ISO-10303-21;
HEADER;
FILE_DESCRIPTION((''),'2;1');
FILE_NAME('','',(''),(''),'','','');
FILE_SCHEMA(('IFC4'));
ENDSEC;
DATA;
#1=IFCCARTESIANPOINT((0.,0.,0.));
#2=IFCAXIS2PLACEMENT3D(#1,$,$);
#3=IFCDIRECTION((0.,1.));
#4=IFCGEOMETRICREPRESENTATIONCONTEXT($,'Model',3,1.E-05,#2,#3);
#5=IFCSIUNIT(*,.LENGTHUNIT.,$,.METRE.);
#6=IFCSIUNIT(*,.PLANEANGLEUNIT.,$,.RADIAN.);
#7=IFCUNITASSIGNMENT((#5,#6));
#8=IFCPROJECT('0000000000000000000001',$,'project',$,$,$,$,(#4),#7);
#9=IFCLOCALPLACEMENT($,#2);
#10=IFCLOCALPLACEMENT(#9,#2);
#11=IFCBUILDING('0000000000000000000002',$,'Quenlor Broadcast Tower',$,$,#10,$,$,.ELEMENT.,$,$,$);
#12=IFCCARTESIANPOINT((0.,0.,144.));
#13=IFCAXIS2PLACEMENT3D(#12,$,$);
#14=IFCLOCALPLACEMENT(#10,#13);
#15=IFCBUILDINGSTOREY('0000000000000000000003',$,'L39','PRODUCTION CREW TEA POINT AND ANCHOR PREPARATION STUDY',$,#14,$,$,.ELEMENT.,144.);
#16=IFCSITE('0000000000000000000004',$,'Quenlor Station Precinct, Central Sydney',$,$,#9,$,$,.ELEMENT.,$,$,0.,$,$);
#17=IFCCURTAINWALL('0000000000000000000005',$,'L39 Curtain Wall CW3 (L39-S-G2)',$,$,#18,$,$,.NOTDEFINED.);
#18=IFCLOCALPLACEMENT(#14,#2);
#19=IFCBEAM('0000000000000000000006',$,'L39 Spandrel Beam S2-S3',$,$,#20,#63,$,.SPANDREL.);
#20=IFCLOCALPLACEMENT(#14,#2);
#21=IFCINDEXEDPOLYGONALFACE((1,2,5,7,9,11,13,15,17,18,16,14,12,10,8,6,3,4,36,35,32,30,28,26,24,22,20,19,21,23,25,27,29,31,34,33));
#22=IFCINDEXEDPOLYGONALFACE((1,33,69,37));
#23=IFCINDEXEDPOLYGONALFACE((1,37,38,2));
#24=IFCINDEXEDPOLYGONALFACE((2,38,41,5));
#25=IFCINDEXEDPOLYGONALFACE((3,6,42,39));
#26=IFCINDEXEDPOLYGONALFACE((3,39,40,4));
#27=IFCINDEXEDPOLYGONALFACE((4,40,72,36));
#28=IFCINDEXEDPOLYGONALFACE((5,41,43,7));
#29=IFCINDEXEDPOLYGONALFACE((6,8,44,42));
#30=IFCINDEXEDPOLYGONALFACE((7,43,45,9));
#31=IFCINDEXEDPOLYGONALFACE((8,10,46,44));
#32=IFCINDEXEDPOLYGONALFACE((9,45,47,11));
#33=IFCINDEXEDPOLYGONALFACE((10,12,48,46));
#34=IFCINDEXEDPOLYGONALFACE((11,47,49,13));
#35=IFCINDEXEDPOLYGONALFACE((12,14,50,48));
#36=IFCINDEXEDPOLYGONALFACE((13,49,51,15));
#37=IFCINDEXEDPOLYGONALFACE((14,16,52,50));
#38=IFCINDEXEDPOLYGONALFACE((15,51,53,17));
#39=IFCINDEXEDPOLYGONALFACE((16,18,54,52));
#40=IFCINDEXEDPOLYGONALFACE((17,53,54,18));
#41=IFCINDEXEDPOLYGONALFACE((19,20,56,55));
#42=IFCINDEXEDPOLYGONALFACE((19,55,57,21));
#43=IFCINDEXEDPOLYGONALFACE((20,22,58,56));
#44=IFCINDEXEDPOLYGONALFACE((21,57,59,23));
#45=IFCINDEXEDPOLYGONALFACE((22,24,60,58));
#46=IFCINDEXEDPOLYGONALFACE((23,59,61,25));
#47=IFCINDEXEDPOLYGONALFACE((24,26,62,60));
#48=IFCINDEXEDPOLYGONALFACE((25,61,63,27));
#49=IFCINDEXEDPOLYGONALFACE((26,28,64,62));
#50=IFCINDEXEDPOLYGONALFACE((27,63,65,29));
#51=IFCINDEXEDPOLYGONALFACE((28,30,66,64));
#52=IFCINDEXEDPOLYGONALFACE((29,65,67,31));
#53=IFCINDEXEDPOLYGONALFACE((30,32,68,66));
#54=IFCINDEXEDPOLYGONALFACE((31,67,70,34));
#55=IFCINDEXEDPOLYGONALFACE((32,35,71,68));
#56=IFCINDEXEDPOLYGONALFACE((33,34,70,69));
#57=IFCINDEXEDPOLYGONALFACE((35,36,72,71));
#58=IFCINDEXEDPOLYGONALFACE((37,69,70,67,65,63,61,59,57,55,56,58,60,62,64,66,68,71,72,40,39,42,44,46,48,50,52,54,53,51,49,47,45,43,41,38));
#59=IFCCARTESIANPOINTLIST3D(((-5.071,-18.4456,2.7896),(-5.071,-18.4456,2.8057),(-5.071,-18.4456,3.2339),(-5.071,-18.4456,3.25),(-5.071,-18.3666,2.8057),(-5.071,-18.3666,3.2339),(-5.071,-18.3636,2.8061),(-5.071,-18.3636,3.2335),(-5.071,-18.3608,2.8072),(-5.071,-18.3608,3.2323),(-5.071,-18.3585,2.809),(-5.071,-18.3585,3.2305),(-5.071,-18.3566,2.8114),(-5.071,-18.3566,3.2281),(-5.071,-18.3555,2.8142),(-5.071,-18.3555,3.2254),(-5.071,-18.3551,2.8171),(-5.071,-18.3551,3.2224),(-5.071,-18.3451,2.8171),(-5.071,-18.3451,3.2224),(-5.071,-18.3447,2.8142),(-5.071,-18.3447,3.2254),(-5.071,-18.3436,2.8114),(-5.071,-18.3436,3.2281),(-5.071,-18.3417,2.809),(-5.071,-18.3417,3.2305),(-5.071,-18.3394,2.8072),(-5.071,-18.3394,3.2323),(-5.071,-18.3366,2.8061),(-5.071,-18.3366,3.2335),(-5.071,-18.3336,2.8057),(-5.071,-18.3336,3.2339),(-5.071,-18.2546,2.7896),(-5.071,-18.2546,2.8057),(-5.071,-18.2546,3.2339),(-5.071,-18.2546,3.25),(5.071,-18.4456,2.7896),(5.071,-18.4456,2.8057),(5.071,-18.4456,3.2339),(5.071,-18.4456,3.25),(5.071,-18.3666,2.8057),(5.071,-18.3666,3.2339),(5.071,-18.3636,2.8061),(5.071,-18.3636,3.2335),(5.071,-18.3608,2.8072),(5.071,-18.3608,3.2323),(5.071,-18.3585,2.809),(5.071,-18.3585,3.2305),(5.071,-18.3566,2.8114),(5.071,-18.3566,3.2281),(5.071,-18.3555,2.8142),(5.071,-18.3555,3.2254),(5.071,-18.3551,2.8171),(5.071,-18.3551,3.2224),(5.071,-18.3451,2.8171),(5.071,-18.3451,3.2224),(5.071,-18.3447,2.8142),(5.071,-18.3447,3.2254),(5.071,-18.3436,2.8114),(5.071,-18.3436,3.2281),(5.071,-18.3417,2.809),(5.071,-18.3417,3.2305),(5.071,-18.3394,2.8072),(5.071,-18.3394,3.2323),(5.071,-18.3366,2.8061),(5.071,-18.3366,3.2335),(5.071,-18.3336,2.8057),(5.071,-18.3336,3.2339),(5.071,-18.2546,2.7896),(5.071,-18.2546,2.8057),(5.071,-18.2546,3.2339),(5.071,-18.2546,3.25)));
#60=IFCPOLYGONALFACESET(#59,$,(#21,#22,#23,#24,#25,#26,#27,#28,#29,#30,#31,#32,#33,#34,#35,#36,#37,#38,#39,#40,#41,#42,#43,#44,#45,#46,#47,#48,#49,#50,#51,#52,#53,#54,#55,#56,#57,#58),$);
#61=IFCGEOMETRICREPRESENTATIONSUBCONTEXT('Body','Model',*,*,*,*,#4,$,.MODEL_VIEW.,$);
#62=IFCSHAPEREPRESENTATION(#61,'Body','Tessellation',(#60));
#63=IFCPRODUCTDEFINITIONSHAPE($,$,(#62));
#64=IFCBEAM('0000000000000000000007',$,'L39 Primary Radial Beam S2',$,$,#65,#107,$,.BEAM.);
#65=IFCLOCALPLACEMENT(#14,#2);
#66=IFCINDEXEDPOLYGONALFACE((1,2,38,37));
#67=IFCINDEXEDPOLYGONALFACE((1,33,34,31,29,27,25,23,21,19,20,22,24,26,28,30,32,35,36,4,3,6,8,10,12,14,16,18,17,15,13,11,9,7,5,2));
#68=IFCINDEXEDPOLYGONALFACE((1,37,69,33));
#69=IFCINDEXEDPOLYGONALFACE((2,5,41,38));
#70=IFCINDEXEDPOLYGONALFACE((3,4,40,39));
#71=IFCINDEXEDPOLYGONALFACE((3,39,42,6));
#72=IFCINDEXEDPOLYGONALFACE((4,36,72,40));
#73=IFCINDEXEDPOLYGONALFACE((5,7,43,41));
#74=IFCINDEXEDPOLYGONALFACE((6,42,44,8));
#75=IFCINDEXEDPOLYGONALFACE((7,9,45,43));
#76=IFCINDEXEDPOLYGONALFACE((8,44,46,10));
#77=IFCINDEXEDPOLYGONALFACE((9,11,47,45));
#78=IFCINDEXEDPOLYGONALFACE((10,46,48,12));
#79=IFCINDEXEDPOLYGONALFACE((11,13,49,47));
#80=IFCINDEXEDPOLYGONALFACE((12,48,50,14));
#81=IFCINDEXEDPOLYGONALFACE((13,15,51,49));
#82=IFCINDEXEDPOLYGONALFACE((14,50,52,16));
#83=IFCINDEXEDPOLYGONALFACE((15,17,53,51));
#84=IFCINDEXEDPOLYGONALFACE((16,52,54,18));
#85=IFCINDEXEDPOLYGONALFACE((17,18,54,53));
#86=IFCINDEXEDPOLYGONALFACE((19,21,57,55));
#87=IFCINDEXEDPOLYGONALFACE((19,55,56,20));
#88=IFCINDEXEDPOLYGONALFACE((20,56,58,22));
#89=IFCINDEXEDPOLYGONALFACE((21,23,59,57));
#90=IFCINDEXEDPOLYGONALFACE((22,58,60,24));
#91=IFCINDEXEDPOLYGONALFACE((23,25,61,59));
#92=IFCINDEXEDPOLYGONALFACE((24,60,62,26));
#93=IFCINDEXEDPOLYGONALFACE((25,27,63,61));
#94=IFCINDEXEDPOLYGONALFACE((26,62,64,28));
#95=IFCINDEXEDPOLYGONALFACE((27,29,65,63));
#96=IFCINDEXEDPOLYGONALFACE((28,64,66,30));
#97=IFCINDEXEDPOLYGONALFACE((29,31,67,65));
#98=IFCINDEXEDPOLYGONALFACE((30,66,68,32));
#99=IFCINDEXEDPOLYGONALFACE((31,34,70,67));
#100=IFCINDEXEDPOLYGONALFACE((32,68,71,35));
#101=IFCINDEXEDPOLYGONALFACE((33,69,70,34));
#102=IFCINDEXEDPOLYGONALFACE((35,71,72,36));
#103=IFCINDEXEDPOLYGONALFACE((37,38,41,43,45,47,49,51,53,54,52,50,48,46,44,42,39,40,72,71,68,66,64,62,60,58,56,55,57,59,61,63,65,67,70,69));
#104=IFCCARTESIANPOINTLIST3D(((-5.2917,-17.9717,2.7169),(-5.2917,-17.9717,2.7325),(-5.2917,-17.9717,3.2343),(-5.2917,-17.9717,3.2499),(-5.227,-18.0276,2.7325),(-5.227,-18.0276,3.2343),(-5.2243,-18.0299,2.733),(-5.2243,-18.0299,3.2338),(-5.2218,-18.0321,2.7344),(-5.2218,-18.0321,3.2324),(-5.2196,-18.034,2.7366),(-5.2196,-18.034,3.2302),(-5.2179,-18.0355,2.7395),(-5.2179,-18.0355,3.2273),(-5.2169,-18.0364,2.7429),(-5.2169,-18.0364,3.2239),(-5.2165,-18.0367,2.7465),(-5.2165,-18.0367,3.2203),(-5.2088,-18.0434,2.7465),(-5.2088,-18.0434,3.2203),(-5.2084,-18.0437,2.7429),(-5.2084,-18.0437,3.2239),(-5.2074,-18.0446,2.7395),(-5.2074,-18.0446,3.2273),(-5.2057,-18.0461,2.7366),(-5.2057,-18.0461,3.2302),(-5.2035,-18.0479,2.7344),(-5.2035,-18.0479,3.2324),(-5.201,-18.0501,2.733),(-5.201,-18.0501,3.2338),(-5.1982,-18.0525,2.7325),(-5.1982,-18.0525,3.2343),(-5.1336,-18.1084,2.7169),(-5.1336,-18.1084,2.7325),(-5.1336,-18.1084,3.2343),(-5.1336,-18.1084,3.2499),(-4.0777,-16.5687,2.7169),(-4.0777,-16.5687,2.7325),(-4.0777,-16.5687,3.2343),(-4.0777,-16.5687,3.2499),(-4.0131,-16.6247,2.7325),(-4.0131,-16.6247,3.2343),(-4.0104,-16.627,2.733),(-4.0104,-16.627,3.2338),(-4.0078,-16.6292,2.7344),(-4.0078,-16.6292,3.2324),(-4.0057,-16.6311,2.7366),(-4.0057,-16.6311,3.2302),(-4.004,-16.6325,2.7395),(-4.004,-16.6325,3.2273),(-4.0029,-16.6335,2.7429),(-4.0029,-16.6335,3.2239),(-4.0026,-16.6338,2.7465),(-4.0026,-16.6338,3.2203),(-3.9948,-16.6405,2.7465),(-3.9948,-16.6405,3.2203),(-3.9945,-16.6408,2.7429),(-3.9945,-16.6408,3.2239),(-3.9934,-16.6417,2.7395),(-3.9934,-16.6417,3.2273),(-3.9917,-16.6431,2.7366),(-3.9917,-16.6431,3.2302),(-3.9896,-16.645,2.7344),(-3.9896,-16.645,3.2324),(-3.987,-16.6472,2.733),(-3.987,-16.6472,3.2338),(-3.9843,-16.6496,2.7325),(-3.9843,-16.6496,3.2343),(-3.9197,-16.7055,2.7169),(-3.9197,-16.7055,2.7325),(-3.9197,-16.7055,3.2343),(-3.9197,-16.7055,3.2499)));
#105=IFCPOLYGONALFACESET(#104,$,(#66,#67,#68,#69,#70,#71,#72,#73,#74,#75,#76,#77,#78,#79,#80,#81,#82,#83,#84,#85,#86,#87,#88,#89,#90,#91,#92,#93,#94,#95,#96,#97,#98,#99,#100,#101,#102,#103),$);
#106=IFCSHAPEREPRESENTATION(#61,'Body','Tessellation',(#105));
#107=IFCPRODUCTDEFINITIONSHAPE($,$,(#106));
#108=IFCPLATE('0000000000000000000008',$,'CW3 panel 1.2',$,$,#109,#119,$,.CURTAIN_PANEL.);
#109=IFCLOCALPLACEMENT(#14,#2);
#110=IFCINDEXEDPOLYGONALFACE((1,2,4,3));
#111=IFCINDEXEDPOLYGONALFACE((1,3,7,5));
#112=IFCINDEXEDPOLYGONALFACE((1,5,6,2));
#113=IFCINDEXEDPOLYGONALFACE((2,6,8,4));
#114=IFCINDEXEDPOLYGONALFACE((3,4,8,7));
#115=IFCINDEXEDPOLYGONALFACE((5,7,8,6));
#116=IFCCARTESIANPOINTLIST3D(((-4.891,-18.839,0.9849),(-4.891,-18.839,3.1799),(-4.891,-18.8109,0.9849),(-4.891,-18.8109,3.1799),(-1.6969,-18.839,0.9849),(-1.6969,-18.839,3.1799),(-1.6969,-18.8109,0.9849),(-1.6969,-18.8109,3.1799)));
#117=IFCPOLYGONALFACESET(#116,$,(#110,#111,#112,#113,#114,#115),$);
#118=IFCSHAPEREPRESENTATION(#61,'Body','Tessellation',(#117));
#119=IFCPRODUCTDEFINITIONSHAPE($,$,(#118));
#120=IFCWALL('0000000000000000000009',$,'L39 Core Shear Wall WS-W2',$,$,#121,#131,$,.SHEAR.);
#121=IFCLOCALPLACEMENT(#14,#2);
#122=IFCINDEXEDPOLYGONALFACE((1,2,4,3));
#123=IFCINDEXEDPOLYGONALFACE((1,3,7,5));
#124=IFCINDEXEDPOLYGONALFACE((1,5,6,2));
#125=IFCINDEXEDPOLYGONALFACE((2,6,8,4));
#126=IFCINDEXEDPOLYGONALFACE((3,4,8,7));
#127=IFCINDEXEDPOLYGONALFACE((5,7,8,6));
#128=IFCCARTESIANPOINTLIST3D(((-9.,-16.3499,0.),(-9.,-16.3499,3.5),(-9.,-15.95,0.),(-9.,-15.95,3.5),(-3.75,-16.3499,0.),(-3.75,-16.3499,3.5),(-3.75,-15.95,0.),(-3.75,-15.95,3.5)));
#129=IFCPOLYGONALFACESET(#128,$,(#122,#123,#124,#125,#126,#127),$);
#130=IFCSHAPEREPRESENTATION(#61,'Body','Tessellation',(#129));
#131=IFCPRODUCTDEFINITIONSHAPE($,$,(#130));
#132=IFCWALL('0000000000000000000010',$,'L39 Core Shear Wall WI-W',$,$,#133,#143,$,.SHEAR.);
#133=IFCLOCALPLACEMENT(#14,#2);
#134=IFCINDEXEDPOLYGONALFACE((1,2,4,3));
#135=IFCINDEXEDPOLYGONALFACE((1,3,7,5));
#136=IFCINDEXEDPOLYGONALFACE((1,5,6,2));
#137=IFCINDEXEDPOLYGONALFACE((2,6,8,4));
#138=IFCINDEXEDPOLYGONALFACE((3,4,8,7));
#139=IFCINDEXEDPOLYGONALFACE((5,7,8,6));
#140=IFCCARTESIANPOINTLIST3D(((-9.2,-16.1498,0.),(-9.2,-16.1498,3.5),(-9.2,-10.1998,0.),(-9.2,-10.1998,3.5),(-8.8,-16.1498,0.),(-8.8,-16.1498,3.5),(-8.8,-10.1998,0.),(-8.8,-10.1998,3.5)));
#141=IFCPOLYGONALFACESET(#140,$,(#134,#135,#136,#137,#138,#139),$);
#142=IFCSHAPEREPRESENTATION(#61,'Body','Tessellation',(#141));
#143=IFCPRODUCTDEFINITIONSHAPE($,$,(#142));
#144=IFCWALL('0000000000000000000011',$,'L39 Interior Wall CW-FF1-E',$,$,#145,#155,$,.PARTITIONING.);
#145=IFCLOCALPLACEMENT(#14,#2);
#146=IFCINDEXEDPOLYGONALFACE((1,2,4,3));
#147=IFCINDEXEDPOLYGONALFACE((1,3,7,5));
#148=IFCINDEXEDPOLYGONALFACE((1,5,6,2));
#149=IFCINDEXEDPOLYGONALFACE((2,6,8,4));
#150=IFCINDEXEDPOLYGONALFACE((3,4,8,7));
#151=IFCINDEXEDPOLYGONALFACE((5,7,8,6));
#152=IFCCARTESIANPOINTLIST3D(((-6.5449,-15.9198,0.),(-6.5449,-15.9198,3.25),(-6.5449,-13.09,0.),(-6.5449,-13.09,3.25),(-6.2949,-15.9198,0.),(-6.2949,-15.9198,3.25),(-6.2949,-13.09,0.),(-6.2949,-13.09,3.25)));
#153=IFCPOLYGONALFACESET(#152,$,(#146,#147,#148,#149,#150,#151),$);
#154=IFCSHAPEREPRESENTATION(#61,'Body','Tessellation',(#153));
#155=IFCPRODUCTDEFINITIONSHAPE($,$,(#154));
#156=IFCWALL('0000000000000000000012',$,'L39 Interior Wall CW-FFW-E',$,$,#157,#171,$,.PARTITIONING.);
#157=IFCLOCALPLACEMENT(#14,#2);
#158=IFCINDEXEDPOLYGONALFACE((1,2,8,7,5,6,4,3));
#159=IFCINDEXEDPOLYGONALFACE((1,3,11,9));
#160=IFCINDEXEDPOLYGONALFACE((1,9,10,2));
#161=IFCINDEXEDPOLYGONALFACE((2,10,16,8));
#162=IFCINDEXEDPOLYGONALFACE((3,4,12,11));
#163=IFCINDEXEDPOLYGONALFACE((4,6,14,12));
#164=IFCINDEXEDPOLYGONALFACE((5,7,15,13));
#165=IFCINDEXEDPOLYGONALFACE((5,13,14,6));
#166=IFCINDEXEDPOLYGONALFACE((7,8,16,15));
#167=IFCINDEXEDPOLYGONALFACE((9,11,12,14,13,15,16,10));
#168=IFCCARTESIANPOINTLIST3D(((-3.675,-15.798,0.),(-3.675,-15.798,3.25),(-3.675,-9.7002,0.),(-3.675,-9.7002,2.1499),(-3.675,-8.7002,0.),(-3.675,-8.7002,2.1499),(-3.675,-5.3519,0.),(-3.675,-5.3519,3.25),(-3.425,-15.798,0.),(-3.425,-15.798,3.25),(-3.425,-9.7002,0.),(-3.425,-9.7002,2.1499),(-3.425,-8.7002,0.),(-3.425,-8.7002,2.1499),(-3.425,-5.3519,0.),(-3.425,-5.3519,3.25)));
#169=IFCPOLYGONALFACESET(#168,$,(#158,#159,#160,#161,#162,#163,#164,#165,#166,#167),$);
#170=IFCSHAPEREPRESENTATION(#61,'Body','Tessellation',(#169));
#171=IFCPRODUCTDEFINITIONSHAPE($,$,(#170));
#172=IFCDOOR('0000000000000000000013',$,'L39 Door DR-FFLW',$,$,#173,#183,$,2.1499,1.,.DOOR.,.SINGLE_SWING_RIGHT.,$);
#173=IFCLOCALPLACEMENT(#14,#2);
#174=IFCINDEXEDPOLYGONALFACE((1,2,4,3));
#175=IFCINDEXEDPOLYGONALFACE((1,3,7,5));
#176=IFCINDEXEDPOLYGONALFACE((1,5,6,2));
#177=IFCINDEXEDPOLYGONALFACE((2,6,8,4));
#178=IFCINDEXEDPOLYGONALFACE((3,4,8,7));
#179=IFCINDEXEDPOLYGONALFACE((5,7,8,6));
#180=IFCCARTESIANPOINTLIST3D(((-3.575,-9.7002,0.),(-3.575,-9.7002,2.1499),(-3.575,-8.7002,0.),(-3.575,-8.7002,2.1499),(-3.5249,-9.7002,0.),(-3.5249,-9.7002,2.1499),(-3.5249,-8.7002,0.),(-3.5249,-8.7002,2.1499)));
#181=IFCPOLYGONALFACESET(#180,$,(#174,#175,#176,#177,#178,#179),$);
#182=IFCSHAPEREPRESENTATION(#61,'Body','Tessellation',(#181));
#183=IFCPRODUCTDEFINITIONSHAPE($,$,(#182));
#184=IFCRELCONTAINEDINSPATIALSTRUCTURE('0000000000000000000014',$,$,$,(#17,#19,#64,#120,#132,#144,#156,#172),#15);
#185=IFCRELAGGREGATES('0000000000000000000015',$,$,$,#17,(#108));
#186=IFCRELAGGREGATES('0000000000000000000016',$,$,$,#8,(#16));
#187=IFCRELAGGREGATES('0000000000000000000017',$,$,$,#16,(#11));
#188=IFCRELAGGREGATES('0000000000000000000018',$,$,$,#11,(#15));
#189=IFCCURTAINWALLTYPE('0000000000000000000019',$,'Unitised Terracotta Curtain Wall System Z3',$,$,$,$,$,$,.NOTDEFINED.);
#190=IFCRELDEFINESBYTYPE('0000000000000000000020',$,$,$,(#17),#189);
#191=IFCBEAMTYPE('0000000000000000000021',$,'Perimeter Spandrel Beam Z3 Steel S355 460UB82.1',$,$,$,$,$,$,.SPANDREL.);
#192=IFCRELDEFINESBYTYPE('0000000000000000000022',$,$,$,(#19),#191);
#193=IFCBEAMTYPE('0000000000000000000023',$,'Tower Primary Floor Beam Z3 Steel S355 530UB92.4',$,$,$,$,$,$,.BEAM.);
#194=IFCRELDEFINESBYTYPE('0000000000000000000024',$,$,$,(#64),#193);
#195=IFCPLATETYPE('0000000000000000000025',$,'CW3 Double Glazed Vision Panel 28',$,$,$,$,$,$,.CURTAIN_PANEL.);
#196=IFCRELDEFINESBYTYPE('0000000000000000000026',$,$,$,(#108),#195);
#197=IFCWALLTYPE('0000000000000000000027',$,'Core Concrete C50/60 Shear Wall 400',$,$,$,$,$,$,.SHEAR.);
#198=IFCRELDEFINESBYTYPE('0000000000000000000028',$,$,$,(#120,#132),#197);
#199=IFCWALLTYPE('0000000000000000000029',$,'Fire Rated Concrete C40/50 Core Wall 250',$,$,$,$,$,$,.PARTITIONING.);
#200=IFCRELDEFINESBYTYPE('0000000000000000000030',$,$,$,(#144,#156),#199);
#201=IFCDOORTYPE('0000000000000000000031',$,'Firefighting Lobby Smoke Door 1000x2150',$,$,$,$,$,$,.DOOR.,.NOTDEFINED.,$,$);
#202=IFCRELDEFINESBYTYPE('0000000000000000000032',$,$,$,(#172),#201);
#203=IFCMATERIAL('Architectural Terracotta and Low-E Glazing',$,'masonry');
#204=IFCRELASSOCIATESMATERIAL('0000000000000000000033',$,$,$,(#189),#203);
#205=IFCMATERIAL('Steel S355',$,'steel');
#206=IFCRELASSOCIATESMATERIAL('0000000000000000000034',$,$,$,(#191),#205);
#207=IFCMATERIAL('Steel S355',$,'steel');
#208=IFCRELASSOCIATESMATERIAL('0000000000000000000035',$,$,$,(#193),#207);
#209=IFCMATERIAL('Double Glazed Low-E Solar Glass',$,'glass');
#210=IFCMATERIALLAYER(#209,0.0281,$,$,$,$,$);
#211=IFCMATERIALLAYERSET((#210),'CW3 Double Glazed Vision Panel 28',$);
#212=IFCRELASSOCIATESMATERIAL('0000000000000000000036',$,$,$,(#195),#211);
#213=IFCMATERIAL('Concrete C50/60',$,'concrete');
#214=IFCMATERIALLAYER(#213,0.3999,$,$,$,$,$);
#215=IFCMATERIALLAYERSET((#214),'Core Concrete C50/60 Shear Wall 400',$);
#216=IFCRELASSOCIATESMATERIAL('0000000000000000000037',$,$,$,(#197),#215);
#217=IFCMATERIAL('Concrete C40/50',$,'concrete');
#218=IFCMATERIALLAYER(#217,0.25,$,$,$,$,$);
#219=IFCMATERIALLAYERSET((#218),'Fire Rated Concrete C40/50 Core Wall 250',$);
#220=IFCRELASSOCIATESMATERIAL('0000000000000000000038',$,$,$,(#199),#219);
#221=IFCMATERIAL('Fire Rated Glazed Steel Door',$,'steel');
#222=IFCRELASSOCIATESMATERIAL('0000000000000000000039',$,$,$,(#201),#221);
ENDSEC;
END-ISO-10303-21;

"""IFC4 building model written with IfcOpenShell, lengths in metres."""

from ifc_helpers import new_model, si_unit, direction, frame, frame_2d, origin, origin_2d, place, context, subcontext, project, spatial, rectangle, i_section, extrude, material, layer, layer_set, material_profile, profile_set, type_object, element, fill, aggregate, save


model = new_model("IFC4")

# Units and contexts
model_context = context("Model", 3, precision=1e-05, world=origin(), true_north=direction((0.0, 1.0)))
body_context = subcontext(model_context, "Body", "Model", "MODEL_VIEW")
ifc_project = project(units=[si_unit("LENGTHUNIT", "METRE"), si_unit("PLANEANGLEUNIT", "RADIAN")], contexts=[model_context])

# Site, building, storey
site_placement = place(None, origin())
site = spatial("IfcSite", under=ifc_project, at=site_placement, Name="Quenlor Station Precinct, Central Sydney", CompositionType="ELEMENT", RefElevation=0.0)
building_placement = place(site_placement, origin())
building = spatial("IfcBuilding", under=site, at=building_placement, Name="Quenlor Broadcast Tower", CompositionType="ELEMENT")
storey_placement = place(building_placement, frame((0.0, 0.0, 144.0)))
storey = spatial("IfcBuildingStorey", under=building, at=storey_placement, Name="L39", Description="PRODUCTION CREW TEA POINT AND ANCHOR PREPARATION STUDY", CompositionType="ELEMENT", Elevation=144.0)

# Curtain wall
ifc_material_1 = material(Name="Architectural Terracotta and Low-E Glazing", Category="masonry")
curtain_wall_type = type_object("IfcCurtainWallType", Name="Unitised Terracotta Curtain Wall System Z3", PredefinedType="NOTDEFINED", material=ifc_material_1)
curtain_wall_placement = place(storey_placement, origin())
curtain_wall = element("IfcCurtainWall", 1, at=curtain_wall_placement, inside=storey, type_object=curtain_wall_type, Name="L39 Curtain Wall CW3 (L39-S-G2)", PredefinedType="NOTDEFINED")

# Beams
ifc_material_2 = material(Name="Steel S355", Category="steel")
ifc_material_profile_1 = material_profile(ifc_material_2, i_section(OverallWidth=0.1909, OverallDepth=0.4604, WebThickness=0.01, FlangeThickness=0.0161, FilletRadius=0.0115, at=origin_2d()))
ifc_profile_set_1 = profile_set([ifc_material_profile_1], Name="Steel S355 460UB82.1")
beam_type_1 = type_object("IfcBeamType", Name="Perimeter Spandrel Beam Z3 Steel S355 460UB82.1", PredefinedType="SPANDREL", material=ifc_profile_set_1)
beam_1_placement = place(storey_placement, frame((-5.071, -18.3501, 3.0198), z_axis=(1.0, 0.0, 0.0), x_axis=(0.0, 1.0, 0.0)))
element("IfcBeam", 2, at=beam_1_placement, inside=storey, type_object=beam_type_1, Name="L39 Spandrel Beam S2-S3", PredefinedType="SPANDREL", context=body_context, shape_type="SweptSolid", body=[
    extrude(i_section(OverallWidth=0.1909, OverallDepth=0.4604, WebThickness=0.01, FlangeThickness=0.0161, FilletRadius=0.0115, at=origin_2d()), origin(), (0.0, 0.0, 1.0), 10.1421),
])
ifc_material_3 = material(Name="Steel S355", Category="steel")
ifc_material_profile_2 = material_profile(ifc_material_3, i_section(OverallWidth=0.209, OverallDepth=0.533, WebThickness=0.0103, FlangeThickness=0.0156, FilletRadius=0.0139, at=origin_2d()))
ifc_profile_set_2 = profile_set([ifc_material_profile_2], Name="Steel S355 530UB92.4")
beam_type_2 = type_object("IfcBeamType", Name="Tower Primary Floor Beam Z3 Steel S355 530UB92.4", PredefinedType="BEAM", material=ifc_profile_set_2)
beam_2_placement = place(storey_placement, frame((-5.2126, -18.04, 2.9834), z_axis=(0.654339, 0.756201, 0.0), x_axis=(-0.756201, 0.654339, 0.0)))
element("IfcBeam", 3, at=beam_2_placement, inside=storey, type_object=beam_type_2, Name="L39 Primary Radial Beam S2", PredefinedType="BEAM", context=body_context, shape_type="SweptSolid", body=[
    extrude(i_section(OverallWidth=0.209, OverallDepth=0.533, WebThickness=0.0103, FlangeThickness=0.0156, FilletRadius=0.0139, at=origin_2d()), origin(), (0.0, 0.0, 1.0), 1.8552),
])

# Plate
ifc_material_4 = material(Name="Double Glazed Low-E Solar Glass", Category="glass")
ifc_layer_1 = layer(ifc_material_4, 0.0281)
ifc_layer_set_1 = layer_set([ifc_layer_1], Name="CW3 Double Glazed Vision Panel 28")
plate_type = type_object("IfcPlateType", Name="CW3 Double Glazed Vision Panel 28", PredefinedType="CURTAIN_PANEL", material=ifc_layer_set_1)
plate_placement = place(storey_placement, frame((-3.2939, -18.825, 0.9849), z_axis=(0.0, 0.0, 1.0), x_axis=(-1.0, 0.0, 0.0)))
plate = element("IfcPlate", 4, at=plate_placement, type_object=plate_type, Name="CW3 panel 1.2", PredefinedType="CURTAIN_PANEL", context=body_context, shape_type="SweptSolid", body=[
    extrude(rectangle(XDim=3.1941, YDim=0.0281, at=origin_2d()), origin(), (0.0, 0.0, 1.0), 2.1951),
])
aggregate(curtain_wall, [plate])

# Walls
ifc_material_5 = material(Name="Concrete C50/60", Category="concrete")
ifc_layer_2 = layer(ifc_material_5, 0.3999)
ifc_layer_set_2 = layer_set([ifc_layer_2], Name="Core Concrete C50/60 Shear Wall 400")
wall_type_1 = type_object("IfcWallType", Name="Core Concrete C50/60 Shear Wall 400", PredefinedType="SHEAR", material=ifc_layer_set_2)
wall_1_placement = place(storey_placement, frame((-9.0, -16.1499, 0.0), z_axis=(0.0, 0.0, 1.0), x_axis=(1.0, 0.0, 0.0)))
element("IfcWall", 5, at=wall_1_placement, inside=storey, type_object=wall_type_1, Name="L39 Core Shear Wall WS-W2", PredefinedType="SHEAR", context=body_context, shape_type="SweptSolid", body=[
    extrude(rectangle(XDim=5.25, YDim=0.3999, at=frame_2d((2.625, 0.0))), origin(), (0.0, 0.0, 1.0), 3.5),
])
wall_2_placement = place(storey_placement, frame((-9.0, -16.1499, 0.0), z_axis=(0.0, 0.0, 1.0), x_axis=(0.0, 1.0, 0.0)))
element("IfcWall", 6, at=wall_2_placement, inside=storey, type_object=wall_type_1, Name="L39 Core Shear Wall WI-W", PredefinedType="SHEAR", context=body_context, shape_type="SweptSolid", body=[
    extrude(rectangle(XDim=5.95, YDim=0.3999, at=frame_2d((2.9751, 0.0))), origin(), (0.0, 0.0, 1.0), 3.5),
])
ifc_material_6 = material(Name="Concrete C40/50", Category="concrete")
ifc_layer_3 = layer(ifc_material_6, 0.25)
ifc_layer_set_3 = layer_set([ifc_layer_3], Name="Fire Rated Concrete C40/50 Core Wall 250")
wall_type_2 = type_object("IfcWallType", Name="Fire Rated Concrete C40/50 Core Wall 250", PredefinedType="PARTITIONING", material=ifc_layer_set_3)
wall_3_placement = place(storey_placement, frame((-6.4199, -15.9199, 0.0), z_axis=(0.0, 0.0, 1.0), x_axis=(0.0, 1.0, 0.0)))
element("IfcWall", 7, at=wall_3_placement, inside=storey, type_object=wall_type_2, Name="L39 Interior Wall CW-FF1-E", PredefinedType="PARTITIONING", context=body_context, shape_type="SweptSolid", body=[
    extrude(rectangle(XDim=2.8298, YDim=0.25, at=frame_2d((1.415, 0.0))), origin(), (0.0, 0.0, 1.0), 3.25),
])

# Wall, opening, door
wall_4_placement = place(storey_placement, frame((-3.55, -15.7981, 0.0), z_axis=(0.0, 0.0, 1.0), x_axis=(0.0, 1.0, 0.0)))
wall_4 = element("IfcWall", 8, at=wall_4_placement, inside=storey, type_object=wall_type_2, Name="L39 Interior Wall CW-FFW-E", PredefinedType="PARTITIONING", context=body_context, shape_type="SweptSolid", body=[
    extrude(rectangle(XDim=10.446, YDim=0.25, at=frame_2d((5.2231, 0.0))), origin(), (0.0, 0.0, 1.0), 3.25),
])
opening_placement = place(wall_4_placement, frame((6.0979, 0.0, 0.0)))
opening = element("IfcOpeningElement", 9, at=opening_placement, cuts=wall_4, PredefinedType="OPENING", context=body_context, shape_type="SweptSolid", body=[
    extrude(rectangle(XDim=1.0, YDim=2.1499, at=frame_2d((0.5, 1.075))), frame((0.0, 0.135, 0.0), z_axis=(0.0, -1.0, 0.0), x_axis=(1.0, 0.0, 0.0)), (0.0, 0.0, 1.0), 0.27),
])
ifc_material_7 = material(Name="Fire Rated Glazed Steel Door", Category="steel")
door_type = type_object("IfcDoorType", Name="Firefighting Lobby Smoke Door 1000x2150", OperationType="NOTDEFINED", PredefinedType="DOOR", material=ifc_material_7)
door_placement = place(opening_placement, origin())
door = element("IfcDoor", 10, at=door_placement, inside=storey, type_object=door_type, Name="L39 Door DR-FFLW", OperationType="SINGLE_SWING_RIGHT", OverallHeight=2.1499, OverallWidth=1.0, PredefinedType="DOOR", context=body_context, shape_type="SweptSolid", body=[
    extrude(rectangle(XDim=1.0, YDim=2.1499, at=frame_2d((0.5, 1.075))), frame((0.0, 0.0249, 0.0), z_axis=(0.0, -1.0, 0.0), x_axis=(1.0, 0.0, 0.0)), (0.0, 0.0, 1.0), 0.05),
])
fill(opening, door)

save(model, "model.ifc")
